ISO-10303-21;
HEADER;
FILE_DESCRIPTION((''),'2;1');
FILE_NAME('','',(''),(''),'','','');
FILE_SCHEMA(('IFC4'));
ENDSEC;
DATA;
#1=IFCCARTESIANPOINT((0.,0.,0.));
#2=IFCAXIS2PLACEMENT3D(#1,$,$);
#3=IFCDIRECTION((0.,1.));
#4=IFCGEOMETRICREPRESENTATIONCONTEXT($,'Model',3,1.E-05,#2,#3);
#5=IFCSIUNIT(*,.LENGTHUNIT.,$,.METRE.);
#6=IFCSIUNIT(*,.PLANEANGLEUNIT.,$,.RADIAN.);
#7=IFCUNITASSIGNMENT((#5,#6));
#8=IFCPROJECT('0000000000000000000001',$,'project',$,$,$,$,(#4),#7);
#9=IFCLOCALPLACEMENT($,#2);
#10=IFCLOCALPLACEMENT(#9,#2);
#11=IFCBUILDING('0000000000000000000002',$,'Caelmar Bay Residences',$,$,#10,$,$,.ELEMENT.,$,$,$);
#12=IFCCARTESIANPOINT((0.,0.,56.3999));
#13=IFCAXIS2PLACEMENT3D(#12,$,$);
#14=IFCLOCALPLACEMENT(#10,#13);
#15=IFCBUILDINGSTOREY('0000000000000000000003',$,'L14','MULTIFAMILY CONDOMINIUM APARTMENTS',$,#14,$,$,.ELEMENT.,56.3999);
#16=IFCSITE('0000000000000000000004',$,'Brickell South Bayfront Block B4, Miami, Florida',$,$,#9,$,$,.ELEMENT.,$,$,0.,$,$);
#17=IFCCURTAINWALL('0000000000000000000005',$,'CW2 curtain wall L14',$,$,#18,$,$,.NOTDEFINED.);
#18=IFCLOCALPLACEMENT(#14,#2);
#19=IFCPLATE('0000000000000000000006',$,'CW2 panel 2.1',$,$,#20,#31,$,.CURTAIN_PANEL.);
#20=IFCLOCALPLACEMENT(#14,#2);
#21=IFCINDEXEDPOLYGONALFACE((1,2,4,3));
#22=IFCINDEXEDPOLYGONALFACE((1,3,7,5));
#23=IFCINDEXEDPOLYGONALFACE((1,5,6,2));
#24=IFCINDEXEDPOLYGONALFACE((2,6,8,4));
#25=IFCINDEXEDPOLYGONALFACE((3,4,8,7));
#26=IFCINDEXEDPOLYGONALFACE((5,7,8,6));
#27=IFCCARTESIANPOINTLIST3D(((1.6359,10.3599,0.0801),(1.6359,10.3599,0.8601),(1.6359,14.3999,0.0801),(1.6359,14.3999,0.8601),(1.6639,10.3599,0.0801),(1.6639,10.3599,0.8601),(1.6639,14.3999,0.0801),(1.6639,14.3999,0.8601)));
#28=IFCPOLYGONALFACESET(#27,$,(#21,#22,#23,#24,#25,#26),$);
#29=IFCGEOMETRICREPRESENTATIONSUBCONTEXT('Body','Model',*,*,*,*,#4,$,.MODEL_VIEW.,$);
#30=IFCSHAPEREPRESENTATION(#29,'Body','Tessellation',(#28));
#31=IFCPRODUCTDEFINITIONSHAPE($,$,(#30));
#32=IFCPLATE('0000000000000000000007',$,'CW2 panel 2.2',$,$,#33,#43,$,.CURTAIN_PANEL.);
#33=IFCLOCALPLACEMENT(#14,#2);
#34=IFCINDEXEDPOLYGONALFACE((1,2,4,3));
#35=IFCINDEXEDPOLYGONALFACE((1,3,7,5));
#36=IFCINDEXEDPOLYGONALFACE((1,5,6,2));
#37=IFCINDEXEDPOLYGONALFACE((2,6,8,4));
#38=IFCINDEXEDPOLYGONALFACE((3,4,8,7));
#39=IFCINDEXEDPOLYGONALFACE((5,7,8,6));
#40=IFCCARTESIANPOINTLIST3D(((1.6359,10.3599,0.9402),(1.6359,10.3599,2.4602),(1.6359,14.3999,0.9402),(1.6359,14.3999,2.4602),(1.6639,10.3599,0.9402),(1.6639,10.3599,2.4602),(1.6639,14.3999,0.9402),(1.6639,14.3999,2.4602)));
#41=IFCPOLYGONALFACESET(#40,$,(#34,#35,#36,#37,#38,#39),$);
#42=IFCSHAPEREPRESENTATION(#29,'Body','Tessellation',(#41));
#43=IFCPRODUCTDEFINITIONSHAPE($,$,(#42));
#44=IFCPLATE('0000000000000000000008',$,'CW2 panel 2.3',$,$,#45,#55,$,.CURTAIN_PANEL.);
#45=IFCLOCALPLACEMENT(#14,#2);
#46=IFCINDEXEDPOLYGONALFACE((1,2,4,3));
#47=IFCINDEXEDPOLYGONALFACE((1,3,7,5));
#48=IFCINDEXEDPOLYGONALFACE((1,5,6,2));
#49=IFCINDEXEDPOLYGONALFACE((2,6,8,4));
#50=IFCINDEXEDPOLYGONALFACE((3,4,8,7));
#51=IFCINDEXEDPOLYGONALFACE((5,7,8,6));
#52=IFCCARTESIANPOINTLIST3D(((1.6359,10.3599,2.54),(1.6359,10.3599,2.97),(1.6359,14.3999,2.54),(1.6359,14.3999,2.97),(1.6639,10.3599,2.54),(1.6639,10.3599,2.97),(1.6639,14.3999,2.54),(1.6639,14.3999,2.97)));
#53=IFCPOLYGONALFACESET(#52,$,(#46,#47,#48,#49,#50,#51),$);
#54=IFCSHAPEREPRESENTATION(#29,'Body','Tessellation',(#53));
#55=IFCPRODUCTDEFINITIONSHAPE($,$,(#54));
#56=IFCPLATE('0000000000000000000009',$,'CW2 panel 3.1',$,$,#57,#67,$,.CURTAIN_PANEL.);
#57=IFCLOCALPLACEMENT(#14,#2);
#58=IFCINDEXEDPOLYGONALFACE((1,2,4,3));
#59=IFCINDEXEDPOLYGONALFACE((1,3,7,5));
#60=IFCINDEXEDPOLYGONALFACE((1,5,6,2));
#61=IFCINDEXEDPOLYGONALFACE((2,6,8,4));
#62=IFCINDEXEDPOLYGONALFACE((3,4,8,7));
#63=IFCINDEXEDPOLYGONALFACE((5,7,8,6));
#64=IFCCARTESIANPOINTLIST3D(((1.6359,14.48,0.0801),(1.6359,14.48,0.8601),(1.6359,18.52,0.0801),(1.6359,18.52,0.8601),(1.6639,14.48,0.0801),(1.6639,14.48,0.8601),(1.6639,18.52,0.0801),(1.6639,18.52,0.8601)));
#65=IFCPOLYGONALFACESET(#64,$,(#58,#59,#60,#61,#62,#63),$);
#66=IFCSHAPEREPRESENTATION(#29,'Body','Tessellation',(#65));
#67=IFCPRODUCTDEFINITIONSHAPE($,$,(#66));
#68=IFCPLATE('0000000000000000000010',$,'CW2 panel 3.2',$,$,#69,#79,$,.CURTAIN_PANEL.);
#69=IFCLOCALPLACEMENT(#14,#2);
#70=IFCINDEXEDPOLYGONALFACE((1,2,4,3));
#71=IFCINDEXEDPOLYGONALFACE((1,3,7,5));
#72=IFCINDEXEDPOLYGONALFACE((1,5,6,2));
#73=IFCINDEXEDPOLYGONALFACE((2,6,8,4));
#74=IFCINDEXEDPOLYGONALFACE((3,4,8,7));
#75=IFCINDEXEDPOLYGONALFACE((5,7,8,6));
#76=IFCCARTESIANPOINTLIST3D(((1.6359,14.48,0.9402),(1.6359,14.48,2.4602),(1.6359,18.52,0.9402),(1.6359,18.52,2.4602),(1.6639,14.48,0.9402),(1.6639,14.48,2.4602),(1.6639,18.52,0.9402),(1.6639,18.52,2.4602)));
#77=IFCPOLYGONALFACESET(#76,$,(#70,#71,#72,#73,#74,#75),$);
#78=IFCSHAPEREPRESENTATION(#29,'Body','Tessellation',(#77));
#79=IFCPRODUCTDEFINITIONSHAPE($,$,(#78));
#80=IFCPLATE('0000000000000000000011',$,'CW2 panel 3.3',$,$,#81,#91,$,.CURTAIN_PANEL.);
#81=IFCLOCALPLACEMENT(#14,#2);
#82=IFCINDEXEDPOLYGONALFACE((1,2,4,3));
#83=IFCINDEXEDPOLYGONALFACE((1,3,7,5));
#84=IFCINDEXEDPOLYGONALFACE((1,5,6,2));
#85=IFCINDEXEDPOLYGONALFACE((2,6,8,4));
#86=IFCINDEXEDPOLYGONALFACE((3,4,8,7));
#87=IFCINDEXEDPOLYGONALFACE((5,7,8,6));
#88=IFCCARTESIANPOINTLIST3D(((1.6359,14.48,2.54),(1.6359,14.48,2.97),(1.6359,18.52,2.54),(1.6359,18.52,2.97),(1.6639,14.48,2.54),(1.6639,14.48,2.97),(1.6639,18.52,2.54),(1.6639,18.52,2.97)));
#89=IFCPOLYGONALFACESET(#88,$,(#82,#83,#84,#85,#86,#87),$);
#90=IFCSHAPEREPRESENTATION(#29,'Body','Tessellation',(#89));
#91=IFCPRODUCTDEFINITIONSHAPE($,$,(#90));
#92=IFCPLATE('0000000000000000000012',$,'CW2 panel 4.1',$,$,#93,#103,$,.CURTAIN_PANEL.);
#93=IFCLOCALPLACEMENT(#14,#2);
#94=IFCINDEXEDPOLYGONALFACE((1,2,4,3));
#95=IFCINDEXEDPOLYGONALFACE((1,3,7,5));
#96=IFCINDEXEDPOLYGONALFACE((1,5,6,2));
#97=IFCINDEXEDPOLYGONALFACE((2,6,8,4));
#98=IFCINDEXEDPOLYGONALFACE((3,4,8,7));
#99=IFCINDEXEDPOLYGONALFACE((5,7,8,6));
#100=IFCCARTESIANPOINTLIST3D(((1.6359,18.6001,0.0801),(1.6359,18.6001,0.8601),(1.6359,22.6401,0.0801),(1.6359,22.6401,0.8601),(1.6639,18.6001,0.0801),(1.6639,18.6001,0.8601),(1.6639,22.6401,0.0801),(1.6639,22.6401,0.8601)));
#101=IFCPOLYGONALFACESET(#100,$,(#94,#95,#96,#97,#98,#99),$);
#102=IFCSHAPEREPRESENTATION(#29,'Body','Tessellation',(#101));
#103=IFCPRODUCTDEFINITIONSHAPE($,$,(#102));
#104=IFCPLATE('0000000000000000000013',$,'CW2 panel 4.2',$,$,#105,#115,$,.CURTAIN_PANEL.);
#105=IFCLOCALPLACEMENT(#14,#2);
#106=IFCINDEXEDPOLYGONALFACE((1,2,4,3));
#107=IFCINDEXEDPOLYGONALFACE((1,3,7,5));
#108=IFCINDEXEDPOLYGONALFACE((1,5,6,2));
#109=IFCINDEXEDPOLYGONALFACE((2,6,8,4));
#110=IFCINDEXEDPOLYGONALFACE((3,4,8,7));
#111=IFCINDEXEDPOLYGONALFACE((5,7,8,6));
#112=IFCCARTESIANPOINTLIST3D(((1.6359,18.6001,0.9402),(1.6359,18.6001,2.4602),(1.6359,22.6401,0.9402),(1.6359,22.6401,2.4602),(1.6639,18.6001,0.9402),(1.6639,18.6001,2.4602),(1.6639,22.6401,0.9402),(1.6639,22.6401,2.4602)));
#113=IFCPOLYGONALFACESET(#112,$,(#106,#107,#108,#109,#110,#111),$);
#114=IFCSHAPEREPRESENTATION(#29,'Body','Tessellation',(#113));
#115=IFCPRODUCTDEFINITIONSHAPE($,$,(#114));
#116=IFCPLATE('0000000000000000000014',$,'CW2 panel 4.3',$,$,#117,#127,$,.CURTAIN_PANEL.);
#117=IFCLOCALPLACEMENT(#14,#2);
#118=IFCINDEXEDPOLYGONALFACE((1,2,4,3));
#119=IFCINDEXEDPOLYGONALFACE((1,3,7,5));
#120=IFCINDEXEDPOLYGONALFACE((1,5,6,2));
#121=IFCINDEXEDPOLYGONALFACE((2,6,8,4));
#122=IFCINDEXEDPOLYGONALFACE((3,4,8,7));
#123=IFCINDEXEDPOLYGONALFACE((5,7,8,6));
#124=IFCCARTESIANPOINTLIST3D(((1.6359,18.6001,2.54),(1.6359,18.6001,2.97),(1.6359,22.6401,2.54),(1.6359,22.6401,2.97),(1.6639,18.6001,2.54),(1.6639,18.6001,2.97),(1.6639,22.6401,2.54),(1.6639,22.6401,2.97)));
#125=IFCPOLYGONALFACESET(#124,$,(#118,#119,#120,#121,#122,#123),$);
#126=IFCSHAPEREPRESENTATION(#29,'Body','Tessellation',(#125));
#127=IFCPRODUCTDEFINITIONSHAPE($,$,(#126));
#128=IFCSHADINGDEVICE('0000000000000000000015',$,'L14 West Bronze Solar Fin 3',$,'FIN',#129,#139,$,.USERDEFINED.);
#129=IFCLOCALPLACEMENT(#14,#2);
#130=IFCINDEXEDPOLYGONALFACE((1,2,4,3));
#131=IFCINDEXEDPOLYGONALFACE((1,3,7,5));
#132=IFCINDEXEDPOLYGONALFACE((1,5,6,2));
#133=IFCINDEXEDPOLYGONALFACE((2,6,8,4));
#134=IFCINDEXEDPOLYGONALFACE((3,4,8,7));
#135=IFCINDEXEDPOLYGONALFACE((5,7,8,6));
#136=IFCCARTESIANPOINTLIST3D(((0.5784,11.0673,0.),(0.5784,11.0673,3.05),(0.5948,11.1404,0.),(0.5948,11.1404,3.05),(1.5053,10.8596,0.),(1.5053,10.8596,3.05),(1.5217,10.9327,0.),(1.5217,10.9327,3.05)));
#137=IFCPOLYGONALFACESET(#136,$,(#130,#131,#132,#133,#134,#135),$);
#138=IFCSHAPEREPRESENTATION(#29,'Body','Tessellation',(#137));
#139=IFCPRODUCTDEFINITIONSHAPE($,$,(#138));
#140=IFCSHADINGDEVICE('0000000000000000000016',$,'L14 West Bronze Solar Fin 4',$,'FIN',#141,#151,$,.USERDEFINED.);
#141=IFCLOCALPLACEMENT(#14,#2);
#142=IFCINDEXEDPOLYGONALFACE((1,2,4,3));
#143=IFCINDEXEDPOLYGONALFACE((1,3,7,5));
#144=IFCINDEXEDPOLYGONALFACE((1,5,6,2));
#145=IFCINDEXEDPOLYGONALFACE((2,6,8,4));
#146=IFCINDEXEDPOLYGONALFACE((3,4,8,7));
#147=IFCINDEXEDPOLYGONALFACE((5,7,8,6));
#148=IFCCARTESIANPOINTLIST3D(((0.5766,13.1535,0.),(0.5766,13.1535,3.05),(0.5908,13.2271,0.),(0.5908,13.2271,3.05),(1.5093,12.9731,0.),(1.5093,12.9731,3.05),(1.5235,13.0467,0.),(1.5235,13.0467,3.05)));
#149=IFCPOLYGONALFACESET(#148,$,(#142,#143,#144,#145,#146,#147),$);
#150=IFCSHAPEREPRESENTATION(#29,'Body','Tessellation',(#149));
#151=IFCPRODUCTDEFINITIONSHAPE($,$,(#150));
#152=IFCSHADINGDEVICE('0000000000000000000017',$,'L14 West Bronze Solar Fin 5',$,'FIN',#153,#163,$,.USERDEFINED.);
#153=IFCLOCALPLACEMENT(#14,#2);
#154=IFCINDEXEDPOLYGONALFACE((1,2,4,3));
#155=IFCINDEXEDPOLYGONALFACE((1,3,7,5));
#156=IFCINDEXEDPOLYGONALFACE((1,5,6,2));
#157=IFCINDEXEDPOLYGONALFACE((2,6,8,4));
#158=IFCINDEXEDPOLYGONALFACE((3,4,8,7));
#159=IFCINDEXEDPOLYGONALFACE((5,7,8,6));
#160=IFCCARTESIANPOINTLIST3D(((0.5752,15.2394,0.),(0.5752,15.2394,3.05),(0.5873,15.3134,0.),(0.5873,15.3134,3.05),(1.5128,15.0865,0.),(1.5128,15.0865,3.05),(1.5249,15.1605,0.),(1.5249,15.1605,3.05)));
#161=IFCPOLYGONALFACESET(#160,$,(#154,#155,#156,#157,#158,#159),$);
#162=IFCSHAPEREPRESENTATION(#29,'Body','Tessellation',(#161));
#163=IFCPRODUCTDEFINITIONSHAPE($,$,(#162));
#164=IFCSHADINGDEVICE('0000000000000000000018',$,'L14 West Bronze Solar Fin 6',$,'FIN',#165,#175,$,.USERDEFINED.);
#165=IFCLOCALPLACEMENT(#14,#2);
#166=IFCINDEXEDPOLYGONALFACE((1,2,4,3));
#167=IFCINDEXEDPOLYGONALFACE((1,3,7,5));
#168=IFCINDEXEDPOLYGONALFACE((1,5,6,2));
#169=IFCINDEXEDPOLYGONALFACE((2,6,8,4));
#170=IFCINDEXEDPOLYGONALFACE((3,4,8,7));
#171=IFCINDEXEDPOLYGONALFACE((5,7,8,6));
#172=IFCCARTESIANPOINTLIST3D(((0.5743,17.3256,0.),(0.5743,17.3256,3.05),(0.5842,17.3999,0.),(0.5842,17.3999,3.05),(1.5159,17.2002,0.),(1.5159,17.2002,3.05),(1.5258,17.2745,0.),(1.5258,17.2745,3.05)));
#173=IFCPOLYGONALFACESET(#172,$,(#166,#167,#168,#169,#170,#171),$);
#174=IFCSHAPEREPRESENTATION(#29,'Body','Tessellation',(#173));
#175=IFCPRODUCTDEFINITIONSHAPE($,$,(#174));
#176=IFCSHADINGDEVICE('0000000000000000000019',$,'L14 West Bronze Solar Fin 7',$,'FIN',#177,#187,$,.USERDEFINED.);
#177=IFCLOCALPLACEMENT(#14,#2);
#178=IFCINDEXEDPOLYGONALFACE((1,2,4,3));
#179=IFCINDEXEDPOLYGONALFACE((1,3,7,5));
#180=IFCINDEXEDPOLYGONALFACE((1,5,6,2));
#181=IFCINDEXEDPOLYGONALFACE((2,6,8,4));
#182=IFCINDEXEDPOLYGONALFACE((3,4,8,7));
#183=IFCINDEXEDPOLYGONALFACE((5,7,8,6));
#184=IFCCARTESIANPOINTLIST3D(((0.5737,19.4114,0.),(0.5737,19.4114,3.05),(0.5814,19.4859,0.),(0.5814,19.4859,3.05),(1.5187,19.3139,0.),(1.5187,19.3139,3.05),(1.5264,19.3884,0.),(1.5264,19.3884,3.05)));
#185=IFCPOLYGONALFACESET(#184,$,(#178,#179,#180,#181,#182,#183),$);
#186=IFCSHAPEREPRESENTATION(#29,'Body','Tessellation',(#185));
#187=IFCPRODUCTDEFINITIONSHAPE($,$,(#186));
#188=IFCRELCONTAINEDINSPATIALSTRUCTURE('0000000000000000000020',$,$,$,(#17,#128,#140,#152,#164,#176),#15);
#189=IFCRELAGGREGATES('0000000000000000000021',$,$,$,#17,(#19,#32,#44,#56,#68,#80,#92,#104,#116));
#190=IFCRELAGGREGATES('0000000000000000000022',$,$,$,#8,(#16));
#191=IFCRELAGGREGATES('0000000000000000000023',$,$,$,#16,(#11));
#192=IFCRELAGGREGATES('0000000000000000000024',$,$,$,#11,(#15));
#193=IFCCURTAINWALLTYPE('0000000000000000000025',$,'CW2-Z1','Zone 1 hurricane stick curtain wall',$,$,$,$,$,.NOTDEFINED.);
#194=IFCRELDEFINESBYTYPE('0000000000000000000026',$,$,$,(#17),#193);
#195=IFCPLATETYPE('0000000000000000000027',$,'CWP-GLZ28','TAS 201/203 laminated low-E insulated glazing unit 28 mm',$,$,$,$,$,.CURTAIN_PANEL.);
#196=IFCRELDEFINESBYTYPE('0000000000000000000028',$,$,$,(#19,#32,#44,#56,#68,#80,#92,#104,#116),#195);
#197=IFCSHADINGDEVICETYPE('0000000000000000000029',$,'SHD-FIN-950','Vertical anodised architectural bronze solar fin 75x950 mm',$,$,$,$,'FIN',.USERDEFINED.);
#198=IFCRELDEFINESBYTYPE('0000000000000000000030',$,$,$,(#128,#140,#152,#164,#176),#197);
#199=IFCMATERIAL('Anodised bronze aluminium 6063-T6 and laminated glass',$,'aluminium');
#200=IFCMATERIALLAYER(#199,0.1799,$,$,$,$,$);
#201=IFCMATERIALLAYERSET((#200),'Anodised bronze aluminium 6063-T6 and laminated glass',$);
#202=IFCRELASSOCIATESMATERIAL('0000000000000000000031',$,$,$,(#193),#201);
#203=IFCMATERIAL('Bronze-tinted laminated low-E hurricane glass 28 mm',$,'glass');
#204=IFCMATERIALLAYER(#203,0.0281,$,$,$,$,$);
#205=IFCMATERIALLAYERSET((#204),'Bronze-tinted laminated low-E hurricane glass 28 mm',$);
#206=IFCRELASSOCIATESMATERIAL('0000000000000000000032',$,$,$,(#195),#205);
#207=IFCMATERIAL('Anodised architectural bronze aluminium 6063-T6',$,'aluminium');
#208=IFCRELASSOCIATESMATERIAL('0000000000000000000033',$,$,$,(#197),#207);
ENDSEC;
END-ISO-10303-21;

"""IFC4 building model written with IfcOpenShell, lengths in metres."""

from ifc_helpers import new_model, si_unit, direction, frame, origin, origin_2d, place, context, subcontext, project, spatial, rectangle, extrude, material, layer, layer_set, material_profile, profile_set, type_object, element, aggregate, save


model = new_model("IFC4")

# Units and contexts
model_context = context("Model", 3, precision=1e-05, world=origin(), true_north=direction((0.0, 1.0)))
body_context = subcontext(model_context, "Body", "Model", "MODEL_VIEW")
ifc_project = project(units=[si_unit("LENGTHUNIT", "METRE"), si_unit("PLANEANGLEUNIT", "RADIAN")], contexts=[model_context])

# Site, building, storey
site_placement = place(None, origin())
site = spatial("IfcSite", under=ifc_project, at=site_placement, Name="Brickell South Bayfront Block B4, Miami, Florida", CompositionType="ELEMENT", RefElevation=0.0)
building_placement = place(site_placement, origin())
building = spatial("IfcBuilding", under=site, at=building_placement, Name="Caelmar Bay Residences", CompositionType="ELEMENT")
storey_placement = place(building_placement, frame((0.0, 0.0, 56.3999)))
storey = spatial("IfcBuildingStorey", under=building, at=storey_placement, Name="L14", Description="MULTIFAMILY CONDOMINIUM APARTMENTS", CompositionType="ELEMENT", Elevation=56.3999)

# Curtain wall, plates
ifc_material_1 = material(Name="Anodised bronze aluminium 6063-T6 and laminated glass", Category="aluminium")
ifc_layer_1 = layer(ifc_material_1, 0.1799)
ifc_layer_set_1 = layer_set([ifc_layer_1], Name="Anodised bronze aluminium 6063-T6 and laminated glass")
curtain_wall_type = type_object("IfcCurtainWallType", Name="CW2-Z1", Description="Zone 1 hurricane stick curtain wall", PredefinedType="NOTDEFINED", material=ifc_layer_set_1)
curtain_wall_placement = place(storey_placement, origin())
curtain_wall = element("IfcCurtainWall", 1, at=curtain_wall_placement, inside=storey, type_object=curtain_wall_type, Name="CW2 curtain wall L14", PredefinedType="NOTDEFINED")
ifc_material_2 = material(Name="Bronze-tinted laminated low-E hurricane glass 28 mm", Category="glass")
ifc_layer_2 = layer(ifc_material_2, 0.0281)
ifc_layer_set_2 = layer_set([ifc_layer_2], Name="Bronze-tinted laminated low-E hurricane glass 28 mm")
plate_type = type_object("IfcPlateType", Name="CWP-GLZ28", Description="TAS 201/203 laminated low-E insulated glazing unit 28 mm", PredefinedType="CURTAIN_PANEL", material=ifc_layer_set_2)
plate_1_placement = place(storey_placement, frame((1.6499, 12.3799, 0.0801), z_axis=(0.0, 0.0, 1.0), x_axis=(0.0, 1.0, 0.0)))
plate_1 = element("IfcPlate", 2, at=plate_1_placement, type_object=plate_type, Name="CW2 panel 2.1", PredefinedType="CURTAIN_PANEL", context=body_context, shape_type="SweptSolid", body=[
    extrude(rectangle(XDim=4.04, YDim=0.0281, at=origin_2d()), origin(), (0.0, 0.0, 1.0), 0.78),
])
plate_2_placement = place(storey_placement, frame((1.6499, 12.3799, 0.9402), z_axis=(0.0, 0.0, 1.0), x_axis=(0.0, 1.0, 0.0)))
plate_2 = element("IfcPlate", 3, at=plate_2_placement, type_object=plate_type, Name="CW2 panel 2.2", PredefinedType="CURTAIN_PANEL", context=body_context, shape_type="SweptSolid", body=[
    extrude(rectangle(XDim=4.04, YDim=0.0281, at=origin_2d()), origin(), (0.0, 0.0, 1.0), 1.52),
])
plate_3_placement = place(storey_placement, frame((1.6499, 12.3799, 2.54), z_axis=(0.0, 0.0, 1.0), x_axis=(0.0, 1.0, 0.0)))
plate_3 = element("IfcPlate", 4, at=plate_3_placement, type_object=plate_type, Name="CW2 panel 2.3", PredefinedType="CURTAIN_PANEL", context=body_context, shape_type="SweptSolid", body=[
    extrude(rectangle(XDim=4.04, YDim=0.0281, at=origin_2d()), origin(), (0.0, 0.0, 1.0), 0.4299),
])
plate_4_placement = place(storey_placement, frame((1.6499, 16.5, 0.0801), z_axis=(0.0, 0.0, 1.0), x_axis=(0.0, 1.0, 0.0)))
plate_4 = element("IfcPlate", 5, at=plate_4_placement, type_object=plate_type, Name="CW2 panel 3.1", PredefinedType="CURTAIN_PANEL", context=body_context, shape_type="SweptSolid", body=[
    extrude(rectangle(XDim=4.04, YDim=0.0281, at=origin_2d()), origin(), (0.0, 0.0, 1.0), 0.78),
])
plate_5_placement = place(storey_placement, frame((1.6499, 16.5, 0.9402), z_axis=(0.0, 0.0, 1.0), x_axis=(0.0, 1.0, 0.0)))
plate_5 = element("IfcPlate", 6, at=plate_5_placement, type_object=plate_type, Name="CW2 panel 3.2", PredefinedType="CURTAIN_PANEL", context=body_context, shape_type="SweptSolid", body=[
    extrude(rectangle(XDim=4.04, YDim=0.0281, at=origin_2d()), origin(), (0.0, 0.0, 1.0), 1.52),
])
plate_6_placement = place(storey_placement, frame((1.6499, 16.5, 2.54), z_axis=(0.0, 0.0, 1.0), x_axis=(0.0, 1.0, 0.0)))
plate_6 = element("IfcPlate", 7, at=plate_6_placement, type_object=plate_type, Name="CW2 panel 3.3", PredefinedType="CURTAIN_PANEL", context=body_context, shape_type="SweptSolid", body=[
    extrude(rectangle(XDim=4.04, YDim=0.0281, at=origin_2d()), origin(), (0.0, 0.0, 1.0), 0.4299),
])
plate_7_placement = place(storey_placement, frame((1.6499, 20.6201, 0.0801), z_axis=(0.0, 0.0, 1.0), x_axis=(0.0, 1.0, 0.0)))
plate_7 = element("IfcPlate", 8, at=plate_7_placement, type_object=plate_type, Name="CW2 panel 4.1", PredefinedType="CURTAIN_PANEL", context=body_context, shape_type="SweptSolid", body=[
    extrude(rectangle(XDim=4.04, YDim=0.0281, at=origin_2d()), origin(), (0.0, 0.0, 1.0), 0.78),
])
plate_8_placement = place(storey_placement, frame((1.6499, 20.6201, 0.9402), z_axis=(0.0, 0.0, 1.0), x_axis=(0.0, 1.0, 0.0)))
plate_8 = element("IfcPlate", 9, at=plate_8_placement, type_object=plate_type, Name="CW2 panel 4.2", PredefinedType="CURTAIN_PANEL", context=body_context, shape_type="SweptSolid", body=[
    extrude(rectangle(XDim=4.04, YDim=0.0281, at=origin_2d()), origin(), (0.0, 0.0, 1.0), 1.52),
])
plate_9_placement = place(storey_placement, frame((1.6499, 20.6201, 2.54), z_axis=(0.0, 0.0, 1.0), x_axis=(0.0, 1.0, 0.0)))
plate_9 = element("IfcPlate", 10, at=plate_9_placement, type_object=plate_type, Name="CW2 panel 4.3", PredefinedType="CURTAIN_PANEL", context=body_context, shape_type="SweptSolid", body=[
    extrude(rectangle(XDim=4.04, YDim=0.0281, at=origin_2d()), origin(), (0.0, 0.0, 1.0), 0.4299),
])
aggregate(curtain_wall, [plate_1, plate_2, plate_3, plate_4, plate_5, plate_6, plate_7, plate_8, plate_9])

# Shading devices
ifc_material_3 = material(Name="Anodised architectural bronze aluminium 6063-T6", Category="aluminium")
ifc_material_profile_1 = material_profile(ifc_material_3, rectangle(XDim=0.075, YDim=0.95, at=origin_2d()), Name="BRONZE-FIN-75X950")
ifc_profile_set_1 = profile_set([ifc_material_profile_1], Name="Anodised architectural bronze aluminium 6063-T6")
shading_device_type = type_object("IfcShadingDeviceType", Name="SHD-FIN-950", Description="Vertical anodised architectural bronze solar fin 75x950 mm", ElementType="FIN", PredefinedType="USERDEFINED", material=ifc_profile_set_1)
for number, where, z_axis, x_axis, name in (
    (11, (1.05, 11.0, 0.0), (0.0, 0.0, 1.0), (0.218654, 0.975802, 0.0), "L14 West Bronze Solar Fin 3"),
    (12, (1.05, 13.1001, 0.0), (0.0, 0.0, 1.0), (0.189952, 0.981793, 0.0), "L14 West Bronze Solar Fin 4"),
    (13, (1.05, 15.2, 0.0), (0.0, 0.0, 1.0), (0.160915, 0.986968, 0.0), "L14 West Bronze Solar Fin 5"),
    (14, (1.05, 17.3, 0.0), (0.0, 0.0, 1.0), (0.13191, 0.991262, 0.0), "L14 West Bronze Solar Fin 6"),
    (15, (1.05, 19.3999, 0.0), (0.0, 0.0, 1.0), (0.102619, 0.994721, 0.0), "L14 West Bronze Solar Fin 7"),
):
    element("IfcShadingDevice", number, at=place(storey_placement, frame(where, z_axis=z_axis, x_axis=x_axis)), inside=storey, type_object=shading_device_type, Name=name, ObjectType="FIN", PredefinedType="USERDEFINED", context=body_context, shape_type="SweptSolid", body=[
        extrude(rectangle(XDim=0.075, YDim=0.95, at=origin_2d()), origin(), (0.0, 0.0, 1.0), 3.05),
    ])

save(model, "model.ifc")
